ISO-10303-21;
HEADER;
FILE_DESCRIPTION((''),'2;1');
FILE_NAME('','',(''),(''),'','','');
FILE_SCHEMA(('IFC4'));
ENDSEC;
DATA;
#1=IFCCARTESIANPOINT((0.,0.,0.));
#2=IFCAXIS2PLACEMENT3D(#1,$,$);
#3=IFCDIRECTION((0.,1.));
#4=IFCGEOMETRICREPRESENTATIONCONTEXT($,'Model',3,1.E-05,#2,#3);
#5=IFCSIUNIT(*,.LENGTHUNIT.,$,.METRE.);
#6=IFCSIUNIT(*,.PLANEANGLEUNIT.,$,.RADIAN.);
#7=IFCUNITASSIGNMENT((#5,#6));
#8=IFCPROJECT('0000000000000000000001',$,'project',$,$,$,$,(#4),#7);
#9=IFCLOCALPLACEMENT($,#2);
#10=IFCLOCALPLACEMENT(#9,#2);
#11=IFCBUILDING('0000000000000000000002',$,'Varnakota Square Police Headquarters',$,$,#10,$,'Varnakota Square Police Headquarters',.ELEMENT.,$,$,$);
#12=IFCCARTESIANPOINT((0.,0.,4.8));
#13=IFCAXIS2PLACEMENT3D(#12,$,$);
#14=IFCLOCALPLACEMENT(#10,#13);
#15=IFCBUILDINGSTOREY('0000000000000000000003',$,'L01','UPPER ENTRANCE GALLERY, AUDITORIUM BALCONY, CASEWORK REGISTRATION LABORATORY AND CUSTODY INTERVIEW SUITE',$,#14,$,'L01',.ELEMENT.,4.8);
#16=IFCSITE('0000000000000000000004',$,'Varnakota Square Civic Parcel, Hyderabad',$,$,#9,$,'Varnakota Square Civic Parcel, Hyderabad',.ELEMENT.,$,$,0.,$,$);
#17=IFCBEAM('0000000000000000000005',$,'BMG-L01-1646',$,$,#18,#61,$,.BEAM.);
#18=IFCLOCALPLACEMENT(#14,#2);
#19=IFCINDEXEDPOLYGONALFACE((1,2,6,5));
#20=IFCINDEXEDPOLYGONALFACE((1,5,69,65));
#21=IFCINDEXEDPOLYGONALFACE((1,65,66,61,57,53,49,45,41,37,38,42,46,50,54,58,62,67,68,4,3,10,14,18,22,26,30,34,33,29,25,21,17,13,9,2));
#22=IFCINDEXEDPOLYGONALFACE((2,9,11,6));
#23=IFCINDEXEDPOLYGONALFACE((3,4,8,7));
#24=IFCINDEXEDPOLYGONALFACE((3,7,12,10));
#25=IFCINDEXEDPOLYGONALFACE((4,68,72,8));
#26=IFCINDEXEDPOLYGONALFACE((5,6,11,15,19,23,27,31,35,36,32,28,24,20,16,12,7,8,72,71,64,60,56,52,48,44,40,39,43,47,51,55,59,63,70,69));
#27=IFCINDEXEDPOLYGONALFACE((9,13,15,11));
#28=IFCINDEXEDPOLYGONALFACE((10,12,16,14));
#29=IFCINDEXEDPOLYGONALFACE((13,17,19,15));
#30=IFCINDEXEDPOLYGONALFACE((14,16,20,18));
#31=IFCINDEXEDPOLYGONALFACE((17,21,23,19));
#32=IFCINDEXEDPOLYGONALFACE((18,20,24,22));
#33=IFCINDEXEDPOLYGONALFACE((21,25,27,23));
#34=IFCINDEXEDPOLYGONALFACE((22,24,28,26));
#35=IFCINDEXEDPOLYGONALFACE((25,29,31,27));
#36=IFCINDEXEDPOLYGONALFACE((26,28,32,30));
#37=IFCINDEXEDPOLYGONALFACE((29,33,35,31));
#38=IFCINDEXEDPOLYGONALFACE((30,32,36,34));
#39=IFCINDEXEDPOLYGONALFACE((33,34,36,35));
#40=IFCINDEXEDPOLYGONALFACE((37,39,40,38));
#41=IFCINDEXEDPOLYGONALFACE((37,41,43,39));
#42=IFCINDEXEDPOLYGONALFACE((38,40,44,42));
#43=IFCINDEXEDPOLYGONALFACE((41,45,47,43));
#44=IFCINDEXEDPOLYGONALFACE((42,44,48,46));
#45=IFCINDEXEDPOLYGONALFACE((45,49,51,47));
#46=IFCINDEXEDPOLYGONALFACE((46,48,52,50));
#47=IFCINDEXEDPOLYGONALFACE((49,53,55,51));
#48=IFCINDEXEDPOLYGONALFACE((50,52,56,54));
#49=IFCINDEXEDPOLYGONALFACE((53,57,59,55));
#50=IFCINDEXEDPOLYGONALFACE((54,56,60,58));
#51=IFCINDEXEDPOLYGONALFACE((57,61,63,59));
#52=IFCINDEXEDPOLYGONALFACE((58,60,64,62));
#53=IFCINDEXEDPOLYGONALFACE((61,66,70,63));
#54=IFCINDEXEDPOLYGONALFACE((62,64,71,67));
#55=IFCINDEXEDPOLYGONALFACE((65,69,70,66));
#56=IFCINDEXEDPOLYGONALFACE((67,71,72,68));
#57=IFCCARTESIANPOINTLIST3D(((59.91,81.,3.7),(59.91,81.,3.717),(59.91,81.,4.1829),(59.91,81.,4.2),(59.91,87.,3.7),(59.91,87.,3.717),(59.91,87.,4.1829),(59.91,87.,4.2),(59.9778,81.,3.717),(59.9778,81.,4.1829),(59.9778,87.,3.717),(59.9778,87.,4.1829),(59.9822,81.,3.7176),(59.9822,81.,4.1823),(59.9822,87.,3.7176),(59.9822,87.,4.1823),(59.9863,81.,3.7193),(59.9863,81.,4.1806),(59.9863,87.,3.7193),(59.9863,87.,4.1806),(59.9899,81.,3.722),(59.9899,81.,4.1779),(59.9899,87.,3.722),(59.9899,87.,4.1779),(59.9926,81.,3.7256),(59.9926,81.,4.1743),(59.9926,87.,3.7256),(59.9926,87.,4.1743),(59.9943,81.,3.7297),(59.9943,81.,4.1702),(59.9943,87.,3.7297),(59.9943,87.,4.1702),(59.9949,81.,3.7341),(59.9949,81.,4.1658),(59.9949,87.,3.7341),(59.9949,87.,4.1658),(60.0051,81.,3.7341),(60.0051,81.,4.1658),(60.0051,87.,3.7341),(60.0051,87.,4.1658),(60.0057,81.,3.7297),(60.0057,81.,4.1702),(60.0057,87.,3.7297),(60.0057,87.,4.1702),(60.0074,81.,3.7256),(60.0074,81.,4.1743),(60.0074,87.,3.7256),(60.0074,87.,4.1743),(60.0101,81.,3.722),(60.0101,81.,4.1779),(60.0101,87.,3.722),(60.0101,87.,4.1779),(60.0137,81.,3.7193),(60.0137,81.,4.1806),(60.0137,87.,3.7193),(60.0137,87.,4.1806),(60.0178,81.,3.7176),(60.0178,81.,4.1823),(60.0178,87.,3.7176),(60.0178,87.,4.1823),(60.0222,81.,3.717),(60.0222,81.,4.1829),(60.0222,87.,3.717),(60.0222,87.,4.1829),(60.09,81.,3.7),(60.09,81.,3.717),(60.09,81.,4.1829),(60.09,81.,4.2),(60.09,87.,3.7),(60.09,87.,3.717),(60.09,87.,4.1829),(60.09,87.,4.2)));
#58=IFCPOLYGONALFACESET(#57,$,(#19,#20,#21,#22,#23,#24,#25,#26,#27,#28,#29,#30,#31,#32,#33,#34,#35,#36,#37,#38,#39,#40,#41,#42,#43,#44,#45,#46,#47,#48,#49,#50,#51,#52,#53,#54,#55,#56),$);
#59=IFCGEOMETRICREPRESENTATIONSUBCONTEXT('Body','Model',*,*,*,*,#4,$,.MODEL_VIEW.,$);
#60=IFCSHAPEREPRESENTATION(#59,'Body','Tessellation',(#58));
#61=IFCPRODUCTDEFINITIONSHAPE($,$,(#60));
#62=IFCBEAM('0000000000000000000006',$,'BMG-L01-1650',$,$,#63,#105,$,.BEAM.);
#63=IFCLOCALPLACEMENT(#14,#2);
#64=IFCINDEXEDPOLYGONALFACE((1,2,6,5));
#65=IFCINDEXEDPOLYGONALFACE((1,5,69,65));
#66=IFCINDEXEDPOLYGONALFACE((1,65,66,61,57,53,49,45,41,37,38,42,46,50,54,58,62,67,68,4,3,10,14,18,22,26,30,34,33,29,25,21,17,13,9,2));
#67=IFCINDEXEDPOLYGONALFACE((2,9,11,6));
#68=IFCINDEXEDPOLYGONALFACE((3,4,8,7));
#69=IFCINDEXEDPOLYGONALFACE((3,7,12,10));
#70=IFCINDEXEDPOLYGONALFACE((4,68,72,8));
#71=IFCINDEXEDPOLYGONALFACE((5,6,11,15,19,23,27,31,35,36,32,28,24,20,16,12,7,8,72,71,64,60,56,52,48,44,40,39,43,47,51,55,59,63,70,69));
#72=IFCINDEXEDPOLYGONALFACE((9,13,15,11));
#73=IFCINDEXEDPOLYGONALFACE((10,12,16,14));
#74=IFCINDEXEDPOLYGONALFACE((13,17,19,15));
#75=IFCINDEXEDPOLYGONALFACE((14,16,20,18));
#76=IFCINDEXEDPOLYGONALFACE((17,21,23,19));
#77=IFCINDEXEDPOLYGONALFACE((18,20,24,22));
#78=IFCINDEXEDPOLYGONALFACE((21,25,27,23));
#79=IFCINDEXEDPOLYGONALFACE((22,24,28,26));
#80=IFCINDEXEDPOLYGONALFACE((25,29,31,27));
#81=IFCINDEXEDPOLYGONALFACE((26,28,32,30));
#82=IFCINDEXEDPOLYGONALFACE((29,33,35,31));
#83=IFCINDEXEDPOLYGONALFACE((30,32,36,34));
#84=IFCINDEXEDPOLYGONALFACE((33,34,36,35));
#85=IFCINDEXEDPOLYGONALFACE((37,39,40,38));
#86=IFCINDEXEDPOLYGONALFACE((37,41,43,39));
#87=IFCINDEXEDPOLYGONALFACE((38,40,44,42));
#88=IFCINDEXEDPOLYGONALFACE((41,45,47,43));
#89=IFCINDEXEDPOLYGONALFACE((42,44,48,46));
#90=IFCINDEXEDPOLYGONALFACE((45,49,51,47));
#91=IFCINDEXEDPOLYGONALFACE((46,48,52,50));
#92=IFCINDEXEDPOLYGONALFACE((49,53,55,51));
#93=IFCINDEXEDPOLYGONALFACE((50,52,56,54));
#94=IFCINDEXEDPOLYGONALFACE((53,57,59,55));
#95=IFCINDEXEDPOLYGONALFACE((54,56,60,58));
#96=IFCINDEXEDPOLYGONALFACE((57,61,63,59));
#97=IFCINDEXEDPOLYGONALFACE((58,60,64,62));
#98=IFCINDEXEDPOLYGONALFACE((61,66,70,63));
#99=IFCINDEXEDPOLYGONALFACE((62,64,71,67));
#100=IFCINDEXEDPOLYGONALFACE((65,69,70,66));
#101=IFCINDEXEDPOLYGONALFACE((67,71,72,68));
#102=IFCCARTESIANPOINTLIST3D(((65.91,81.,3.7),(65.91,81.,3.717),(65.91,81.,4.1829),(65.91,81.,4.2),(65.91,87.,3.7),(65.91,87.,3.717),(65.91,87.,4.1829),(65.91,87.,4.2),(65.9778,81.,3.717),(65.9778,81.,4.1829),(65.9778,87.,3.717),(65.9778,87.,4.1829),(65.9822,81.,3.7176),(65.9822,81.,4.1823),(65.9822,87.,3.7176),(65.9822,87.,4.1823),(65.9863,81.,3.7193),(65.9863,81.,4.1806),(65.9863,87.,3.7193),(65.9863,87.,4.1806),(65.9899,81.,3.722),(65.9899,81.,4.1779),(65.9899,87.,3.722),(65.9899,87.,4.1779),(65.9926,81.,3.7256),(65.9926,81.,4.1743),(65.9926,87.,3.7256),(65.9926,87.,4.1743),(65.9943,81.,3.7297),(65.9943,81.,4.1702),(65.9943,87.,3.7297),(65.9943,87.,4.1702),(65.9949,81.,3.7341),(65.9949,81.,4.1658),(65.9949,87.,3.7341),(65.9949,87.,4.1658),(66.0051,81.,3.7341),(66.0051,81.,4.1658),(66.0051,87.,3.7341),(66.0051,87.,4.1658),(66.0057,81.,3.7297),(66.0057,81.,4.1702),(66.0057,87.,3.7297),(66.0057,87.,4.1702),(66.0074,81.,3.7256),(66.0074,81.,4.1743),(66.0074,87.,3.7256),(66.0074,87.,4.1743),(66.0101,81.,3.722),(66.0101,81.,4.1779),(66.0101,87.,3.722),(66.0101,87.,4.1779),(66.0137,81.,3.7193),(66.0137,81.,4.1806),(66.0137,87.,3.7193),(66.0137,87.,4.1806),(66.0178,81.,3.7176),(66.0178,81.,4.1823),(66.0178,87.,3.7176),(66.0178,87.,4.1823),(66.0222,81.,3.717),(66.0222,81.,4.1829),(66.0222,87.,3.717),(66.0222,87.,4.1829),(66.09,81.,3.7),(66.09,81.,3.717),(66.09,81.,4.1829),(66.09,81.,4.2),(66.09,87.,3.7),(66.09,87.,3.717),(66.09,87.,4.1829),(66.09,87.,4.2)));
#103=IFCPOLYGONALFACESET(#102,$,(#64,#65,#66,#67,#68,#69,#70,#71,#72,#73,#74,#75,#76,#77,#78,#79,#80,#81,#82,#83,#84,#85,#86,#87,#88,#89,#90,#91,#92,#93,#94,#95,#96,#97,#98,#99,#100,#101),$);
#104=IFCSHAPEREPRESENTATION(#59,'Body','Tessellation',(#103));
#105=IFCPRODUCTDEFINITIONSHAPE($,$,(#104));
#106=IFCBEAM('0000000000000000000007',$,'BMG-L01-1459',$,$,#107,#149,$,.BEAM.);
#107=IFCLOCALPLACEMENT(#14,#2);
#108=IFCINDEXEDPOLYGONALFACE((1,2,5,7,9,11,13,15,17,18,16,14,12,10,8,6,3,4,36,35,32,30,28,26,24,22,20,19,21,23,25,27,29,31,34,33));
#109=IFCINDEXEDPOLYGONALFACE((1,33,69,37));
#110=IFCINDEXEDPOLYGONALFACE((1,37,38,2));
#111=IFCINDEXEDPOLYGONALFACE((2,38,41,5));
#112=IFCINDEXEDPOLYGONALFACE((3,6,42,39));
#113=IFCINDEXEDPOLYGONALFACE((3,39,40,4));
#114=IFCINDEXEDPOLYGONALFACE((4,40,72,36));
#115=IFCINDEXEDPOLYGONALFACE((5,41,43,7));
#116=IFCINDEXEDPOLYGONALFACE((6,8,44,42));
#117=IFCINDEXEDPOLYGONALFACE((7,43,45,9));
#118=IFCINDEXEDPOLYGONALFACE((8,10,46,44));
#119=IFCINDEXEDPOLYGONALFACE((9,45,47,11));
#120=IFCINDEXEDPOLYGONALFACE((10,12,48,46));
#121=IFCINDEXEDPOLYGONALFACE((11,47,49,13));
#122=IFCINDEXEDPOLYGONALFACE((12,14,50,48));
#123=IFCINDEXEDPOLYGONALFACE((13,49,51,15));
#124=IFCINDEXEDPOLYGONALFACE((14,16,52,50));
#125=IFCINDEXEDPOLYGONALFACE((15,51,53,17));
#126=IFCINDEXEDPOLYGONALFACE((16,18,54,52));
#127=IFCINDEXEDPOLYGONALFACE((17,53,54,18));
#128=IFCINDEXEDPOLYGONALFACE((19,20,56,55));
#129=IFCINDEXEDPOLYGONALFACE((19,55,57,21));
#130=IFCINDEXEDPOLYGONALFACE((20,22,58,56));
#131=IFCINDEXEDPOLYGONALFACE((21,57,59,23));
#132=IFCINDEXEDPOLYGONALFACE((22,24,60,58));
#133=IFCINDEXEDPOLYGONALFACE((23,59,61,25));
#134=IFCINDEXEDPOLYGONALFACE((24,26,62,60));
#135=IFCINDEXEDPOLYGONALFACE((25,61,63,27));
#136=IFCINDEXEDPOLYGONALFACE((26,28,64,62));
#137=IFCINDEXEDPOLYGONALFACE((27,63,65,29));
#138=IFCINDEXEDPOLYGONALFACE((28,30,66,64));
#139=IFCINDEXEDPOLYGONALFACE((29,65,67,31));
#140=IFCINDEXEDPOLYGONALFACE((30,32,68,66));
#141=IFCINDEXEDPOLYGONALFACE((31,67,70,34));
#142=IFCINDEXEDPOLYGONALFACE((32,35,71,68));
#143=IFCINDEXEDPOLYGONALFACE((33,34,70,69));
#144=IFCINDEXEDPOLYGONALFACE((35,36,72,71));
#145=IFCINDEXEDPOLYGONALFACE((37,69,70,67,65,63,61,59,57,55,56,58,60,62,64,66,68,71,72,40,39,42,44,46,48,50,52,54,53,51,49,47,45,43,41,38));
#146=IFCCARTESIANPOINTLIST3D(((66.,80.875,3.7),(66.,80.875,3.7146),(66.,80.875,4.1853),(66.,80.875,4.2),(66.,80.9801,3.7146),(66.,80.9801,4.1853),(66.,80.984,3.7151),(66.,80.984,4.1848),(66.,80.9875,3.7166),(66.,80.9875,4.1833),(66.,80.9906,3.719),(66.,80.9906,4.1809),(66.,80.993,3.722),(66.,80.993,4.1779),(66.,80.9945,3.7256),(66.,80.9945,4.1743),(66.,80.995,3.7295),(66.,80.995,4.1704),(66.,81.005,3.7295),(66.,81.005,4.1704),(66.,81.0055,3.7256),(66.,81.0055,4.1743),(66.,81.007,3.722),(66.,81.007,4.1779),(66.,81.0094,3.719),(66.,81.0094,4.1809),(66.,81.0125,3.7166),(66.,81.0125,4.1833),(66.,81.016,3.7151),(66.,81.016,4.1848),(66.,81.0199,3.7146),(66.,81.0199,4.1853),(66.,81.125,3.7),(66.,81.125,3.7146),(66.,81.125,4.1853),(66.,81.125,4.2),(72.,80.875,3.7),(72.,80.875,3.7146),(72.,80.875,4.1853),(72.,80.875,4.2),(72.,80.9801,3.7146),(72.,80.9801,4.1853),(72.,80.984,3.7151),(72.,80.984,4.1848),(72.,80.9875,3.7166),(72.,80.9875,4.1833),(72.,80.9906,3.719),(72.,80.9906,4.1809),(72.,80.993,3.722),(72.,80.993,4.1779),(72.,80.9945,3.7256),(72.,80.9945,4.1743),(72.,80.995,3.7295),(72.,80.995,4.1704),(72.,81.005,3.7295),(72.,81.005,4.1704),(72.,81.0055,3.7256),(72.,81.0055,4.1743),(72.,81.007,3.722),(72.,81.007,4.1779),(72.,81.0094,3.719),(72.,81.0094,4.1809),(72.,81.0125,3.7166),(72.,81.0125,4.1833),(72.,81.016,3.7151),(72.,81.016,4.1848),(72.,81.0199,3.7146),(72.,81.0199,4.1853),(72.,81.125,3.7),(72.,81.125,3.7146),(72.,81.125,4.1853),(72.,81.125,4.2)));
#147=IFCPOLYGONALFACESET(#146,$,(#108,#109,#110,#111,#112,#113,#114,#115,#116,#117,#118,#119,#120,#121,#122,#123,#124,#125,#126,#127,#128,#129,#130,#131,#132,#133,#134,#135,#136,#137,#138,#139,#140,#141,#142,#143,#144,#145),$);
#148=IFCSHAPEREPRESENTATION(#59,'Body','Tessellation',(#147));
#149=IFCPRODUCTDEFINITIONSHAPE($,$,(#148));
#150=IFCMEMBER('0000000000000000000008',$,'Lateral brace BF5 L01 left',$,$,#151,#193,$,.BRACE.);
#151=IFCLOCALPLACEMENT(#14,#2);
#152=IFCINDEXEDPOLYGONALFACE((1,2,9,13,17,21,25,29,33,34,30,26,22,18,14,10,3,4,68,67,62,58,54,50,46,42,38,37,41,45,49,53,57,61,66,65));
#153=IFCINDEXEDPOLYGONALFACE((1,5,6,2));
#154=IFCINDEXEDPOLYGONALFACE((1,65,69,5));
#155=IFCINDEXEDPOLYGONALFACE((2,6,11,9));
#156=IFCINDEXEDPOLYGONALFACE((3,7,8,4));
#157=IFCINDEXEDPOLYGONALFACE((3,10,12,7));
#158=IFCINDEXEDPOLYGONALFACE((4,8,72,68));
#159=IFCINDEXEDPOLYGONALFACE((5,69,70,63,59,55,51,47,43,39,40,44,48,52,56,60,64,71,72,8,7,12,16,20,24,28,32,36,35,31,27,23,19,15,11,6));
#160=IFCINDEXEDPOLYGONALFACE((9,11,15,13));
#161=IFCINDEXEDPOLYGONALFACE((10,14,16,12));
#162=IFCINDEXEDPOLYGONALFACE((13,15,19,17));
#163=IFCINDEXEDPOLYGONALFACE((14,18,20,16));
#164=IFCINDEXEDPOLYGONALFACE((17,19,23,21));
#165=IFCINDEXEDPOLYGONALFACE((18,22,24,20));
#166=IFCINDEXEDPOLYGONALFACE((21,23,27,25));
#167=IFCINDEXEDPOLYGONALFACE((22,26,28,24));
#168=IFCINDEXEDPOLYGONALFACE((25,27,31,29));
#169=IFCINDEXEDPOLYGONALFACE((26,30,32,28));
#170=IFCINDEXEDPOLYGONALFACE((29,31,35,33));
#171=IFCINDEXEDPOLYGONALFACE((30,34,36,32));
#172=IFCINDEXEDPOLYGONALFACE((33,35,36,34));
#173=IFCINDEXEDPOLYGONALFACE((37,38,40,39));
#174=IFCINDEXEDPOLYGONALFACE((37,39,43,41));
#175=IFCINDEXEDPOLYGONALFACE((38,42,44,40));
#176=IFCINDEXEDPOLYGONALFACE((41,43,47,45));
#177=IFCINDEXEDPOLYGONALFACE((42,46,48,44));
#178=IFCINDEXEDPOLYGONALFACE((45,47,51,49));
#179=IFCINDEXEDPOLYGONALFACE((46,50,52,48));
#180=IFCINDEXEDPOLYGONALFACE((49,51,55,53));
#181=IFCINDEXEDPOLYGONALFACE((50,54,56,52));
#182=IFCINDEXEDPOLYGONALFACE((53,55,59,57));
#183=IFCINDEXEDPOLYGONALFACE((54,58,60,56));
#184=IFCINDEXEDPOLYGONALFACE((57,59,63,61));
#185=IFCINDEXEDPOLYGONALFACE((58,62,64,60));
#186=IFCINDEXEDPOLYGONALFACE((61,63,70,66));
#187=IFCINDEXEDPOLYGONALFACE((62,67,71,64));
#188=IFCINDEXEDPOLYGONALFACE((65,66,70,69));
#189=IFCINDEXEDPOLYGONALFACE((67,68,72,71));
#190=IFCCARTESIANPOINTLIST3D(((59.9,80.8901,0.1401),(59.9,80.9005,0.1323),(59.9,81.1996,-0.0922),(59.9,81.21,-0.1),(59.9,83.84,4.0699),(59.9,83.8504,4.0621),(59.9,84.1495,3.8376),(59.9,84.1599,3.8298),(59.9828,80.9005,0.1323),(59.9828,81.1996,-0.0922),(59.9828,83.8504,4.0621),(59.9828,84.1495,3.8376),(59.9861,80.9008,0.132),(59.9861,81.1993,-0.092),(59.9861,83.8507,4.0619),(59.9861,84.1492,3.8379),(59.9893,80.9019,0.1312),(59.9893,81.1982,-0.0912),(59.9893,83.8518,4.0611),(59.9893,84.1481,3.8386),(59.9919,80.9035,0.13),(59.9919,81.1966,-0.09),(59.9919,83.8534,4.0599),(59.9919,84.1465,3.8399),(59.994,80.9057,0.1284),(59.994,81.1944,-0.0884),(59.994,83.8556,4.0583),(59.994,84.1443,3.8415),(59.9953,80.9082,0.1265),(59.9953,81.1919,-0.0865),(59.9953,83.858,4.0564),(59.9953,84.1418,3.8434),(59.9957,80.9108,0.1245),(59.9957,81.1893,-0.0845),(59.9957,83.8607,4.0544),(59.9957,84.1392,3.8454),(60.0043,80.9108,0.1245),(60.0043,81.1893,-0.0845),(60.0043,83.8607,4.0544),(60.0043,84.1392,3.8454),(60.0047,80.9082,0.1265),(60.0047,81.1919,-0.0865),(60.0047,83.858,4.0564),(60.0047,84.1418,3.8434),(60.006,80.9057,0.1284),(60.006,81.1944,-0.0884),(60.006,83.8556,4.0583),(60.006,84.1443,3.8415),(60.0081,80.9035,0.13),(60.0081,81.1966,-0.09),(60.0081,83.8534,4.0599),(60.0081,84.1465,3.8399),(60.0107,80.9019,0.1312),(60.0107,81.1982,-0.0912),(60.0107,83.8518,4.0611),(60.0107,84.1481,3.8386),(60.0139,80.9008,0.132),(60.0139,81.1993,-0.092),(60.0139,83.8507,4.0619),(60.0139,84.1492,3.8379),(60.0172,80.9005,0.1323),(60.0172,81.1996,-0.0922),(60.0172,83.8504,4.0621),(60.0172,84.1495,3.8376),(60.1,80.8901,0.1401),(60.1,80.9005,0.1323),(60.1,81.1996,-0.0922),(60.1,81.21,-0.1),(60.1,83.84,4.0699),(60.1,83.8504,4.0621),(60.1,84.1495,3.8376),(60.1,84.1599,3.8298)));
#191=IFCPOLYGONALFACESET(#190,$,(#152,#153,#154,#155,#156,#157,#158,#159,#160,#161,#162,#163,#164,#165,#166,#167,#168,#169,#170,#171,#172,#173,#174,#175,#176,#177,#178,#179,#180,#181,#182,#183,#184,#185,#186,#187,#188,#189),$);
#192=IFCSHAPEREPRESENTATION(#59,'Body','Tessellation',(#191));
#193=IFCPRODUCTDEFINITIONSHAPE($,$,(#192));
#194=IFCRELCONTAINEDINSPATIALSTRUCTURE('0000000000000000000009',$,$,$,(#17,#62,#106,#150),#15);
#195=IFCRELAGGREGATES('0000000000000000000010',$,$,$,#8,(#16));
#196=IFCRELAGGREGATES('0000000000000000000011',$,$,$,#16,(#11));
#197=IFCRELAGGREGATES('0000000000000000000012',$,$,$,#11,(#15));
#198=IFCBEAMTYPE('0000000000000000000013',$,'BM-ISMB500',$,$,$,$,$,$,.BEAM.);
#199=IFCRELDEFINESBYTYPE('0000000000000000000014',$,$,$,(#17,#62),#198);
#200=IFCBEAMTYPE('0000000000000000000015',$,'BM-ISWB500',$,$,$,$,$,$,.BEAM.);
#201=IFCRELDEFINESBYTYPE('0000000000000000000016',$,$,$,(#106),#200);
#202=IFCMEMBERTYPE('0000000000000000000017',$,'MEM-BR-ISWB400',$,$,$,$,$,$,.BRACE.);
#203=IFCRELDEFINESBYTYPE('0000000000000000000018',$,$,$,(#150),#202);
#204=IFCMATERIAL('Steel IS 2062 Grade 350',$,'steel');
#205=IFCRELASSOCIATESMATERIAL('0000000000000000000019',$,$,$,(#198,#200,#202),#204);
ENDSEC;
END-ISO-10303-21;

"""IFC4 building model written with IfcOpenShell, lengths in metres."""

from ifc_helpers import new_model, si_unit, direction, frame, origin, origin_2d, place, context, subcontext, project, spatial, i_section, extrude, material, material_profile, profile_set, type_object, element, save


model = new_model("IFC4")

# Units and contexts
model_context = context("Model", 3, precision=1e-05, world=origin(), true_north=direction((0.0, 1.0)))
body_context = subcontext(model_context, "Body", "Model", "MODEL_VIEW")
ifc_project = project(units=[si_unit("LENGTHUNIT", "METRE"), si_unit("PLANEANGLEUNIT", "RADIAN")], contexts=[model_context])

# Site, building, storey
site_placement = place(None, origin())
site = spatial("IfcSite", under=ifc_project, at=site_placement, Name="Varnakota Square Civic Parcel, Hyderabad", LongName="Varnakota Square Civic Parcel, Hyderabad", CompositionType="ELEMENT", RefElevation=0.0)
building_placement = place(site_placement, origin())
building = spatial("IfcBuilding", under=site, at=building_placement, Name="Varnakota Square Police Headquarters", LongName="Varnakota Square Police Headquarters", CompositionType="ELEMENT")
storey_placement = place(building_placement, frame((0.0, 0.0, 4.8)))
storey = spatial("IfcBuildingStorey", under=building, at=storey_placement, Name="L01", Description="UPPER ENTRANCE GALLERY, AUDITORIUM BALCONY, CASEWORK REGISTRATION LABORATORY AND CUSTODY INTERVIEW SUITE", LongName="L01", CompositionType="ELEMENT", Elevation=4.8)

# Shared definitions
ifc_material_1 = material(Name="Steel IS 2062 Grade 350", Category="steel")

# Beams
ifc_material_profile_1 = material_profile(ifc_material_1, i_section(OverallWidth=0.1799, OverallDepth=0.5, WebThickness=0.0103, FlangeThickness=0.0171, FilletRadius=0.0171, at=origin_2d()), Name="ISMB 500")
ifc_profile_set_1 = profile_set([ifc_material_profile_1], Name="Steel IS 2062 Grade 350")
beam_type_1 = type_object("IfcBeamType", Name="BM-ISMB500", PredefinedType="BEAM", material=ifc_profile_set_1)
for number, where, z_axis, x_axis, name in (
    (1, (60.0, 81.0, 3.95), (0.0, 1.0, 0.0), (-1.0, 0.0, 0.0), "BMG-L01-1646"),
    (2, (66.0, 81.0, 3.95), (0.0, 1.0, 0.0), (-1.0, 0.0, 0.0), "BMG-L01-1650"),
):
    element("IfcBeam", number, at=place(storey_placement, frame(where, z_axis=z_axis, x_axis=x_axis)), inside=storey, type_object=beam_type_1, Name=name, PredefinedType="BEAM", context=body_context, shape_type="SweptSolid", body=[
        extrude(i_section(OverallWidth=0.1799, OverallDepth=0.5, WebThickness=0.0103, FlangeThickness=0.0171, FilletRadius=0.0171, at=origin_2d()), origin(), (0.0, 0.0, 1.0), 6.0),
    ])
ifc_material_profile_2 = material_profile(ifc_material_1, i_section(OverallWidth=0.25, OverallDepth=0.5, WebThickness=0.01, FlangeThickness=0.0146, FilletRadius=0.0149, at=origin_2d()), Name="ISWB 500")
ifc_profile_set_2 = profile_set([ifc_material_profile_2], Name="Steel IS 2062 Grade 350")
beam_type_2 = type_object("IfcBeamType", Name="BM-ISWB500", PredefinedType="BEAM", material=ifc_profile_set_2)
beam_1_placement = place(storey_placement, frame((66.0, 81.0, 3.95), z_axis=(1.0, 0.0, 0.0), x_axis=(0.0, 1.0, 0.0)))
element("IfcBeam", 3, at=beam_1_placement, inside=storey, type_object=beam_type_2, Name="BMG-L01-1459", PredefinedType="BEAM", context=body_context, shape_type="SweptSolid", body=[
    extrude(i_section(OverallWidth=0.25, OverallDepth=0.5, WebThickness=0.01, FlangeThickness=0.0146, FilletRadius=0.0149, at=origin_2d()), origin(), (0.0, 0.0, 1.0), 6.0),
])

# Member
ifc_material_profile_3 = material_profile(ifc_material_1, i_section(OverallWidth=0.2, OverallDepth=0.3999, WebThickness=0.0085, FlangeThickness=0.0129, FilletRadius=0.0129, at=origin_2d()), Name="ISWB 400")
ifc_profile_set_3 = profile_set([ifc_material_profile_3], Name="Steel IS 2062 Grade 350")
member_type = type_object("IfcMemberType", Name="MEM-BR-ISWB400", PredefinedType="BRACE", material=ifc_profile_set_3)
member_placement = place(storey_placement, frame((60.0, 81.05, 0.02), z_axis=(0.0, 0.600326, 0.799755), x_axis=(-1.0, 0.0, 0.0)))
element("IfcMember", 4, at=member_placement, inside=storey, type_object=member_type, Name="Lateral brace BF5 L01 left", PredefinedType="BRACE", context=body_context, shape_type="SweptSolid", body=[
    extrude(i_section(OverallWidth=0.2, OverallDepth=0.3999, WebThickness=0.0085, FlangeThickness=0.0129, FilletRadius=0.0129, at=origin_2d()), origin(), (0.0, 0.0, 1.0), 4.9138),
])

save(model, "model.ifc")
